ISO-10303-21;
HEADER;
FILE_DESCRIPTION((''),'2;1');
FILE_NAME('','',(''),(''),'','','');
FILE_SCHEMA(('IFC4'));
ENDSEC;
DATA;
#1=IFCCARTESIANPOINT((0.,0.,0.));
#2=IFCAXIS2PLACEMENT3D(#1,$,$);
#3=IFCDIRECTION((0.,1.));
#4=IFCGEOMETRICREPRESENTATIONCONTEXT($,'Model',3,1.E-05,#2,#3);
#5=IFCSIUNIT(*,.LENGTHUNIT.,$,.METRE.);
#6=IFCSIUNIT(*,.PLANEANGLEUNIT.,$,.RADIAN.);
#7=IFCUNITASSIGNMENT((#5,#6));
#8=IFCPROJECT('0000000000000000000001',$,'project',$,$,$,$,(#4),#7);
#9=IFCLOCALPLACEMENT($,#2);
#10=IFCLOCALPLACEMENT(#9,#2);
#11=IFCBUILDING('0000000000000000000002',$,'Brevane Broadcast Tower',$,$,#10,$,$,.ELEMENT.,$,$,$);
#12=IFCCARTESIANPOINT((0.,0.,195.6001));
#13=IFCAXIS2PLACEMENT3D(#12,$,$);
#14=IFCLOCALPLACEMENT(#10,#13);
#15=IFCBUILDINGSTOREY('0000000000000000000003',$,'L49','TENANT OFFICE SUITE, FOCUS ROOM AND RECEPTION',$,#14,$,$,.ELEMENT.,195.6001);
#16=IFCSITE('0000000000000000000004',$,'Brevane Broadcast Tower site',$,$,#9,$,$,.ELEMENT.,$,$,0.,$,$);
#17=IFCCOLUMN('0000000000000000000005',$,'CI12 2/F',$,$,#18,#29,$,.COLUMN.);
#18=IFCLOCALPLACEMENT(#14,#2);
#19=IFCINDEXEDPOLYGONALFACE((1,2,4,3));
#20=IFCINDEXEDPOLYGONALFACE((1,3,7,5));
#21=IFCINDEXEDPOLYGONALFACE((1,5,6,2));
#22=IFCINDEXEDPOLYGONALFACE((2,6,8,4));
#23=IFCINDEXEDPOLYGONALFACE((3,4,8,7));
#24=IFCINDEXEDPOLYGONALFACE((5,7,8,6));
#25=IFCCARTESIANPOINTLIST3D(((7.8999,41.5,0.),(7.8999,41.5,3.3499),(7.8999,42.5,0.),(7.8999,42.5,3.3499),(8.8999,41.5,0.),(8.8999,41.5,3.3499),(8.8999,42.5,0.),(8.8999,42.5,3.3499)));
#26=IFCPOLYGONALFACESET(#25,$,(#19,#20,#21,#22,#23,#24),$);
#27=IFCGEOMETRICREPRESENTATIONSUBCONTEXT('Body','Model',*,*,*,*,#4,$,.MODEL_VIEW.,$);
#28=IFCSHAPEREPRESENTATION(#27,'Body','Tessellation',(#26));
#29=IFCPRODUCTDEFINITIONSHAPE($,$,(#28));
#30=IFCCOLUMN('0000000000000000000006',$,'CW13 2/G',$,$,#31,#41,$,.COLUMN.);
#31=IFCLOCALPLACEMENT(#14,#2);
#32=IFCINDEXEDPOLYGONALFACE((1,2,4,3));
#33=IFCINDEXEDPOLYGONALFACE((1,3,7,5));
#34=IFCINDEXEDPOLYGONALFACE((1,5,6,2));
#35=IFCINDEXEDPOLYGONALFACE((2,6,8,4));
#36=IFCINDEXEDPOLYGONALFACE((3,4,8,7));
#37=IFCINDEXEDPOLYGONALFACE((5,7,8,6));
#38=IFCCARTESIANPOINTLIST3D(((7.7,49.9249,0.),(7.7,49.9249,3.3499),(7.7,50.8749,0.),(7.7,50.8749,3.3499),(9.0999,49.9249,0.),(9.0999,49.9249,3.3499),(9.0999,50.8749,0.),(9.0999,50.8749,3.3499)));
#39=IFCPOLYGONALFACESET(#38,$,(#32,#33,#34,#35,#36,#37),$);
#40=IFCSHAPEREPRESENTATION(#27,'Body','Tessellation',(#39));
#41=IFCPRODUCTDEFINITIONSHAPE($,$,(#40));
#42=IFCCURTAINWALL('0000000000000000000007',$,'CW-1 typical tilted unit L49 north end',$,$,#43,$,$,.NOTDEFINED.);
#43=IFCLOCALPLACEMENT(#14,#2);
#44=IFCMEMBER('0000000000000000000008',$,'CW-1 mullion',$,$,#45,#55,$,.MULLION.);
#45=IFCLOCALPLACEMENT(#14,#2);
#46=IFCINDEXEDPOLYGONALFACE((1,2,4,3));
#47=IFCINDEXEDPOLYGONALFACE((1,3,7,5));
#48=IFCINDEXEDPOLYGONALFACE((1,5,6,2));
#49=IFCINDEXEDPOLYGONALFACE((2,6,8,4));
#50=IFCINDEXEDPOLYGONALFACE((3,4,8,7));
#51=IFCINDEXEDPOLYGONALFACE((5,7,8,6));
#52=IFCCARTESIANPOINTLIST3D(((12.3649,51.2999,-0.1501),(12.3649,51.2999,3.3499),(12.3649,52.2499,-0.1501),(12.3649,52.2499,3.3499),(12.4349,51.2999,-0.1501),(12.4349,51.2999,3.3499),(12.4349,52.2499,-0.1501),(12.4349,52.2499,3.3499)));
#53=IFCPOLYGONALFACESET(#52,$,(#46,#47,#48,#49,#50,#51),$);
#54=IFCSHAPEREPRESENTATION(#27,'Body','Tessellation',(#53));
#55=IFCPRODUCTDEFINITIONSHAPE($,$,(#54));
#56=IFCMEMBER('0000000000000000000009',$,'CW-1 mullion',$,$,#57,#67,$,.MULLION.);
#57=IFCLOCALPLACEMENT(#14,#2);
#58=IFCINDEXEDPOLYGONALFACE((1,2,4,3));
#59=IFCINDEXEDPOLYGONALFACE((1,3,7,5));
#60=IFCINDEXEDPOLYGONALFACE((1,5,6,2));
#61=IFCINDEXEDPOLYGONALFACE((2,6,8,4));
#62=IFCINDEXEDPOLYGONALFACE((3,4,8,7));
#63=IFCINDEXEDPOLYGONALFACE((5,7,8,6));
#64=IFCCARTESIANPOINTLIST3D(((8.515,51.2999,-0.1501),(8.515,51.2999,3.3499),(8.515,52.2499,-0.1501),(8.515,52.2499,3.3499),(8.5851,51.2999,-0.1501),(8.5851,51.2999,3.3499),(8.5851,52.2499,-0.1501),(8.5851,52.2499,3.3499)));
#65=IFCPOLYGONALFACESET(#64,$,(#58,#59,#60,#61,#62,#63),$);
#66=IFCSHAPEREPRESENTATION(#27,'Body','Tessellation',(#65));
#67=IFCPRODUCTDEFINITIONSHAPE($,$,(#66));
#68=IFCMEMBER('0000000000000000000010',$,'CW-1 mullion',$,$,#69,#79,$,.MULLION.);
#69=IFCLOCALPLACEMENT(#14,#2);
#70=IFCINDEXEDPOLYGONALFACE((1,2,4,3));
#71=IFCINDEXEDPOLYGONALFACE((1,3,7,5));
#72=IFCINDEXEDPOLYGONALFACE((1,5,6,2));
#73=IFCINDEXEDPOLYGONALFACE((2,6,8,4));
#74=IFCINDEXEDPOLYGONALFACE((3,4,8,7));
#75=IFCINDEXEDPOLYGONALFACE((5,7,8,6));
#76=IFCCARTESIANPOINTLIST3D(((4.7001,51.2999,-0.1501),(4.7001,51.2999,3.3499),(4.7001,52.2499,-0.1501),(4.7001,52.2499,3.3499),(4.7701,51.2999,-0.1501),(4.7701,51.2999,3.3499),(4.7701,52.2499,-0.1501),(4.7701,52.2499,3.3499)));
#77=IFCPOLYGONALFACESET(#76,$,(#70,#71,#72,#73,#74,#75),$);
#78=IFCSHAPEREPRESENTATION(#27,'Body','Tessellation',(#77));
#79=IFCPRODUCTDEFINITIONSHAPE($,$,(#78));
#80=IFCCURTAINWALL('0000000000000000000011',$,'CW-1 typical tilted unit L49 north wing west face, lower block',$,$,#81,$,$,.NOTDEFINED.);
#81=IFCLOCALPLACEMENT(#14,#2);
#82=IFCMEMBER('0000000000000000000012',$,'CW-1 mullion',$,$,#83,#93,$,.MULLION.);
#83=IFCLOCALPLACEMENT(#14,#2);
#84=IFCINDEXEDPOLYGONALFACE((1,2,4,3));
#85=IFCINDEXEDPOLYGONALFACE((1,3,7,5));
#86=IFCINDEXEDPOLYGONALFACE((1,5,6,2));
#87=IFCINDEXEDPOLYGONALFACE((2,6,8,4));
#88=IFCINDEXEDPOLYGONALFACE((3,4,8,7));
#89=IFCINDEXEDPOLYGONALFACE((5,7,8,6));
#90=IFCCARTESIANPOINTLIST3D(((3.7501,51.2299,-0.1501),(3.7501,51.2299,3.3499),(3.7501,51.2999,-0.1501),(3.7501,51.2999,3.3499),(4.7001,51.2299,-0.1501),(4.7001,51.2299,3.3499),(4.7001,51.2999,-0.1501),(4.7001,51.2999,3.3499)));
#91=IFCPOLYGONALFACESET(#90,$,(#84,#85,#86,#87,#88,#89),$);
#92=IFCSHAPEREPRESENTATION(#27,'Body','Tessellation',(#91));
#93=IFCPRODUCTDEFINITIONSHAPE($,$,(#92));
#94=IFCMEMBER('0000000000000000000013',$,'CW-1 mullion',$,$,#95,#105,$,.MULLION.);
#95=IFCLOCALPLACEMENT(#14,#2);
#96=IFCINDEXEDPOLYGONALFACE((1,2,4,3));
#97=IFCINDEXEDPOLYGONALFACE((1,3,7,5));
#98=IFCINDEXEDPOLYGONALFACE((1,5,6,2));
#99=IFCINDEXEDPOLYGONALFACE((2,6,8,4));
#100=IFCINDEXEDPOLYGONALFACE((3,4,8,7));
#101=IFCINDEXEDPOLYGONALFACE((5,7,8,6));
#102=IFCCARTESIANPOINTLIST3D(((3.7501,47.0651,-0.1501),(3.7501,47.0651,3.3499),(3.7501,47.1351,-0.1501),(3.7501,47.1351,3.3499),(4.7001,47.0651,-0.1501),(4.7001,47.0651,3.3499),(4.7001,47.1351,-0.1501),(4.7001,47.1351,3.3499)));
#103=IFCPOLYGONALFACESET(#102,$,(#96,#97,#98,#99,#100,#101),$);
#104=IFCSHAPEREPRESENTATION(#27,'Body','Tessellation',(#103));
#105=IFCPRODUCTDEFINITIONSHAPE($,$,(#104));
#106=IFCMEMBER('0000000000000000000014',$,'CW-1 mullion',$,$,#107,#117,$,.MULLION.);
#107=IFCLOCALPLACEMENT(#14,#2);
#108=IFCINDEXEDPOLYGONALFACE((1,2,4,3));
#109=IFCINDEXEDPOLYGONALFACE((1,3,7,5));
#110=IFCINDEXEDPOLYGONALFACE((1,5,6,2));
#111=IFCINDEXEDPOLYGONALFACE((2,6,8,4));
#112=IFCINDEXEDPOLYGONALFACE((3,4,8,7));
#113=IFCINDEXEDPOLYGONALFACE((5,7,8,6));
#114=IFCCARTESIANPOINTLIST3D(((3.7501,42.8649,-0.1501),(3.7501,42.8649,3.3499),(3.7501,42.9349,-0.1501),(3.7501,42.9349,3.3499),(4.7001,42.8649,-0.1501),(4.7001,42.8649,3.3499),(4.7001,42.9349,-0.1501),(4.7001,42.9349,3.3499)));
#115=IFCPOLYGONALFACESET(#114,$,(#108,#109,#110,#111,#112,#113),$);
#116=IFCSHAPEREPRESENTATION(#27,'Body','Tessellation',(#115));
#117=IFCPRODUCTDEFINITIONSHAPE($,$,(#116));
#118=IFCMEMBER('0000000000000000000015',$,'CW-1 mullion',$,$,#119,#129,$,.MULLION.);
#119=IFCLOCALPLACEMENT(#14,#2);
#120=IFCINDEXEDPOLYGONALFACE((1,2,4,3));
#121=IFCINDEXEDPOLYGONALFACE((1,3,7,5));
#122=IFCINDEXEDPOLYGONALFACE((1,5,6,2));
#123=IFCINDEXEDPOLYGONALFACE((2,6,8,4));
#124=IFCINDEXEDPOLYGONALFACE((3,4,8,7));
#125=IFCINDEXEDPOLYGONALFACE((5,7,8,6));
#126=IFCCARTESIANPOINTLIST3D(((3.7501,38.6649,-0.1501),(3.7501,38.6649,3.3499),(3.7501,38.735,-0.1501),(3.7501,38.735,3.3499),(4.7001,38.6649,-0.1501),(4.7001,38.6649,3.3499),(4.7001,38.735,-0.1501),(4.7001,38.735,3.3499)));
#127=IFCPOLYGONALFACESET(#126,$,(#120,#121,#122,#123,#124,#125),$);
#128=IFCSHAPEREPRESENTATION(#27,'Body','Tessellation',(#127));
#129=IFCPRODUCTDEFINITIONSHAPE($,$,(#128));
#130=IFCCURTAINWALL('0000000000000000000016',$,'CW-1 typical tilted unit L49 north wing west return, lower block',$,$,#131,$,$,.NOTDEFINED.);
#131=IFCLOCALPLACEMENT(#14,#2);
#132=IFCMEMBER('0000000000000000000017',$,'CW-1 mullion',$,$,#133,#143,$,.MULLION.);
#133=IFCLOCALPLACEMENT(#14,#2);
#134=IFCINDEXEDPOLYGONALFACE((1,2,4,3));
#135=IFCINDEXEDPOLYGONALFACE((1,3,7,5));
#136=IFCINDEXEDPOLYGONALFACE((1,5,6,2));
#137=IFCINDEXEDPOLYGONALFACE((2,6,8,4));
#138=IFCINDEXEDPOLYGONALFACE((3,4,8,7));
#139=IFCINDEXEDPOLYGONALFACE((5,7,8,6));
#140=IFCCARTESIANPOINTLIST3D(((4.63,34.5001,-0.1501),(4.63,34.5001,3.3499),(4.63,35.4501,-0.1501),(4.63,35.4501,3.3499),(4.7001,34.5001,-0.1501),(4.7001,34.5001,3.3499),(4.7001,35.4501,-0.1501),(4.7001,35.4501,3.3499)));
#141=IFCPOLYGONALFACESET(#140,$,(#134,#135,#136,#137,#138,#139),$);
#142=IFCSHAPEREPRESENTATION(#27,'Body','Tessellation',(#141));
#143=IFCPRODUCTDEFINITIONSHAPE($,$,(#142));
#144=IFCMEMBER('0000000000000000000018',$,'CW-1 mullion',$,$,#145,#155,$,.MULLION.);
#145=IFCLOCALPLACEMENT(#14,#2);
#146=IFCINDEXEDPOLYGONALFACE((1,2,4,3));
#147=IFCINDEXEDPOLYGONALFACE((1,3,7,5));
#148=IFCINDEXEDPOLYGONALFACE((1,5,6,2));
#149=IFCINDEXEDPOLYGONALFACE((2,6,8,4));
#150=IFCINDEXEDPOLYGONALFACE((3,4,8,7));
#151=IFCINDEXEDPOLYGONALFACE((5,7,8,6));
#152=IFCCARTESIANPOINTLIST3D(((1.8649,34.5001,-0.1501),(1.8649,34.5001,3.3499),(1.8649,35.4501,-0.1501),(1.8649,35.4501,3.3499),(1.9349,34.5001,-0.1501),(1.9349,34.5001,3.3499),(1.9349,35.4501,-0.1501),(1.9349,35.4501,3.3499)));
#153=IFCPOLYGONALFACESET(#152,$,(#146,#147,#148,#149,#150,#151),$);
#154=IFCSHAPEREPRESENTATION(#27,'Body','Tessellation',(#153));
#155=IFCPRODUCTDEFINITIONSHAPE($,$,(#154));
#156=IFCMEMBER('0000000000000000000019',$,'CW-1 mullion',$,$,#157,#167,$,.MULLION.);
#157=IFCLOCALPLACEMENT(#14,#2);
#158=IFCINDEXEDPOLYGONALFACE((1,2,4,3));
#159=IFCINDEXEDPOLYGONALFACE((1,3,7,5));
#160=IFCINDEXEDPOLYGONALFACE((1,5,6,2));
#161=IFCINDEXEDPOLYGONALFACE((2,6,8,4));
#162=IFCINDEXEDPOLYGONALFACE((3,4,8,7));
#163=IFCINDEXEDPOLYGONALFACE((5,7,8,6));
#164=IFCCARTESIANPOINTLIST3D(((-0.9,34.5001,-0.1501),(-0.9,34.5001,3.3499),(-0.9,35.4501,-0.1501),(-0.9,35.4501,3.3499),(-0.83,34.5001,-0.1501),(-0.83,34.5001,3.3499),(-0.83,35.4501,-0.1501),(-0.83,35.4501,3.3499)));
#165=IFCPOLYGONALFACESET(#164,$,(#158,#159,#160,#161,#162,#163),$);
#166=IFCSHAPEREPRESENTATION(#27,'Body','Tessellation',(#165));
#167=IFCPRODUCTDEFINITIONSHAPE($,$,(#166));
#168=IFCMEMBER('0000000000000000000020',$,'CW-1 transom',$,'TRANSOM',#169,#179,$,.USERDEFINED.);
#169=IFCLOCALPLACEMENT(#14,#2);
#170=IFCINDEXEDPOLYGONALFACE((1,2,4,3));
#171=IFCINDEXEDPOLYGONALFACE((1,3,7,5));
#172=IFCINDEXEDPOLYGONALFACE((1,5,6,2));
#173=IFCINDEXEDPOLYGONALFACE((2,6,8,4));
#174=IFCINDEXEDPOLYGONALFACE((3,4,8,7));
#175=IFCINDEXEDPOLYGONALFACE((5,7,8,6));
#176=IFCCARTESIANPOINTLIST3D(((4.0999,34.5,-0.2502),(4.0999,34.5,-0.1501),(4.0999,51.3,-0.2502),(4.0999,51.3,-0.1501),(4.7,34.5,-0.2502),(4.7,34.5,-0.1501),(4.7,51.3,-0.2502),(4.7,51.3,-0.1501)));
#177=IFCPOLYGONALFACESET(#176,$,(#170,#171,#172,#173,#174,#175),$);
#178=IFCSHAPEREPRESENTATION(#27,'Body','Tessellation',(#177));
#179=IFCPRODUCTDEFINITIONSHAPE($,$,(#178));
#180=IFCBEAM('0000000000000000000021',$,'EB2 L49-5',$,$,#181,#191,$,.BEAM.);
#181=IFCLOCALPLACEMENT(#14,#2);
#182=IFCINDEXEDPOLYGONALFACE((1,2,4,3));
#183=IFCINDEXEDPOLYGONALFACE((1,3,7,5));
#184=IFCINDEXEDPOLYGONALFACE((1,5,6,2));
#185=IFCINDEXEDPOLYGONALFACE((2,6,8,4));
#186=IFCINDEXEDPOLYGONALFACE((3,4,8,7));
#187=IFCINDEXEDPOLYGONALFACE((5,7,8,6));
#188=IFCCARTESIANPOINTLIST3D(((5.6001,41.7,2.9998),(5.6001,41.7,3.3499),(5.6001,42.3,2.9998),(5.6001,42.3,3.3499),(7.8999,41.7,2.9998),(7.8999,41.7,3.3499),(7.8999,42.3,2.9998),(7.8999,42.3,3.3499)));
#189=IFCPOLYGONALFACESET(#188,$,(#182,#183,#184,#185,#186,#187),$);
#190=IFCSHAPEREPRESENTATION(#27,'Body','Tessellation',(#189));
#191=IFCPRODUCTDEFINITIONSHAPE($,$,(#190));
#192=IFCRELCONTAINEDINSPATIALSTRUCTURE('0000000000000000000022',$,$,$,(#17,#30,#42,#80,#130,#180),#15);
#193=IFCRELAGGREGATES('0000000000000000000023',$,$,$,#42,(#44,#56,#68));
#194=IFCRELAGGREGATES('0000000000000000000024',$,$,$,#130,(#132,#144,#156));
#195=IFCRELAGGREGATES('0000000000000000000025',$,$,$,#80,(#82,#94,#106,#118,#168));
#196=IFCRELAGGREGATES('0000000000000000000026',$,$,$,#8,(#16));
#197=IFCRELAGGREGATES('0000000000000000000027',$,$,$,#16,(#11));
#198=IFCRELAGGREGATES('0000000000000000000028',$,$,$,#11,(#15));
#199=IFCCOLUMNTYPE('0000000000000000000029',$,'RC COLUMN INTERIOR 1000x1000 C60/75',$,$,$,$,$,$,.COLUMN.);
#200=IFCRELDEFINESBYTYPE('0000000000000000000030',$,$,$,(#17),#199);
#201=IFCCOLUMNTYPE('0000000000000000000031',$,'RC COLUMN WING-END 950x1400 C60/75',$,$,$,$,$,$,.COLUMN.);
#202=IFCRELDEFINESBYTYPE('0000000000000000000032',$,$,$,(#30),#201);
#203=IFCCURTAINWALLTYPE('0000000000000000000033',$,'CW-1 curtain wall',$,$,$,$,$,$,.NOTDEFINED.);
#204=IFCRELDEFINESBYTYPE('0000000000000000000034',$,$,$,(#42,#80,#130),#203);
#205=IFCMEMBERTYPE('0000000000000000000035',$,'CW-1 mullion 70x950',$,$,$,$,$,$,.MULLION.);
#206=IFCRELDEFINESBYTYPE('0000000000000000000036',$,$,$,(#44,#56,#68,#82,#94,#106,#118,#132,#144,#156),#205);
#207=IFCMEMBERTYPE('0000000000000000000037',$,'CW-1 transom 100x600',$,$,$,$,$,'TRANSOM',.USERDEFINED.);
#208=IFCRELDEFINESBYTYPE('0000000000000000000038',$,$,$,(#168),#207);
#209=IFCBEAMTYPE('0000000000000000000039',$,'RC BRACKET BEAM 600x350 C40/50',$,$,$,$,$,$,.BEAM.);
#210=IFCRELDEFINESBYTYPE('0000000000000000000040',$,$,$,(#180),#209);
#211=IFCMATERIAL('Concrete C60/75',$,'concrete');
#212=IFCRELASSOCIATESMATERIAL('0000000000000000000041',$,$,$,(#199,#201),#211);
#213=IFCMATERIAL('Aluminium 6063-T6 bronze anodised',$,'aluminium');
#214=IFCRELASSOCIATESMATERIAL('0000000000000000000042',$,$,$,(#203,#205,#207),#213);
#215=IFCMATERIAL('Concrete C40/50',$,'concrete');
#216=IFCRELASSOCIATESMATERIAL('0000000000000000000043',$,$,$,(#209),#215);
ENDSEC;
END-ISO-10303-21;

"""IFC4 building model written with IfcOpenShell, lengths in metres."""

from ifc_helpers import new_model, si_unit, direction, frame, origin, origin_2d, place, context, subcontext, project, spatial, rectangle, extrude, material, material_profile, profile_set, type_object, element, aggregate, save


model = new_model("IFC4")

# Units and contexts
model_context = context("Model", 3, precision=1e-05, world=origin(), true_north=direction((0.0, 1.0)))
body_context = subcontext(model_context, "Body", "Model", "MODEL_VIEW")
ifc_project = project(units=[si_unit("LENGTHUNIT", "METRE"), si_unit("PLANEANGLEUNIT", "RADIAN")], contexts=[model_context])

# Site, building, storey
site_placement = place(None, origin())
site = spatial("IfcSite", under=ifc_project, at=site_placement, Name="Brevane Broadcast Tower site", CompositionType="ELEMENT", RefElevation=0.0)
building_placement = place(site_placement, origin())
building = spatial("IfcBuilding", under=site, at=building_placement, Name="Brevane Broadcast Tower", CompositionType="ELEMENT")
storey_placement = place(building_placement, frame((0.0, 0.0, 195.6001)))
storey = spatial("IfcBuildingStorey", under=building, at=storey_placement, Name="L49", Description="TENANT OFFICE SUITE, FOCUS ROOM AND RECEPTION", CompositionType="ELEMENT", Elevation=195.6001)

# Columns
ifc_material_1 = material(Name="Concrete C60/75", Category="concrete")
ifc_material_profile_1 = material_profile(ifc_material_1, rectangle(XDim=1.0, YDim=1.0, at=origin_2d()), Name="RC 1000x1000")
ifc_profile_set_1 = profile_set([ifc_material_profile_1], Name="Concrete C60/75")
column_type_1 = type_object("IfcColumnType", Name="RC COLUMN INTERIOR 1000x1000 C60/75", PredefinedType="COLUMN", material=ifc_profile_set_1)
column_1_placement = place(storey_placement, frame((8.3999, 42.0, 0.0), z_axis=(0.0, 0.0, 1.0), x_axis=(1.0, 0.0, 0.0)))
element("IfcColumn", 1, at=column_1_placement, inside=storey, type_object=column_type_1, Name="CI12 2/F", PredefinedType="COLUMN", context=body_context, shape_type="SweptSolid", body=[
    extrude(rectangle(XDim=1.0, YDim=1.0, at=origin_2d()), origin(), (0.0, 0.0, 1.0), 3.3499),
])
ifc_material_profile_2 = material_profile(ifc_material_1, rectangle(XDim=0.95, YDim=1.3999, at=origin_2d()), Name="RC 950x1400")
ifc_profile_set_2 = profile_set([ifc_material_profile_2], Name="Concrete C60/75")
column_type_2 = type_object("IfcColumnType", Name="RC COLUMN WING-END 950x1400 C60/75", PredefinedType="COLUMN", material=ifc_profile_set_2)
column_2_placement = place(storey_placement, frame((8.3999, 50.3999, 0.0), z_axis=(0.0, 0.0, 1.0), x_axis=(0.0, 1.0, 0.0)))
element("IfcColumn", 2, at=column_2_placement, inside=storey, type_object=column_type_2, Name="CW13 2/G", PredefinedType="COLUMN", context=body_context, shape_type="SweptSolid", body=[
    extrude(rectangle(XDim=0.95, YDim=1.3999, at=origin_2d()), origin(), (0.0, 0.0, 1.0), 3.3499),
])

# Curtain walls, members
ifc_material_2 = material(Name="Aluminium 6063-T6 bronze anodised", Category="aluminium")
curtain_wall_type = type_object("IfcCurtainWallType", Name="CW-1 curtain wall", PredefinedType="NOTDEFINED", material=ifc_material_2)
curtain_wall_1_placement = place(storey_placement, origin())
curtain_wall_1 = element("IfcCurtainWall", 3, at=curtain_wall_1_placement, inside=storey, type_object=curtain_wall_type, Name="CW-1 typical tilted unit L49 north end", PredefinedType="NOTDEFINED")
ifc_material_profile_3 = material_profile(ifc_material_2, rectangle(XDim=0.95, YDim=0.0701, at=origin_2d()), Name="RECT 70x950")
ifc_profile_set_3 = profile_set([ifc_material_profile_3], Name="Aluminium 6063-T6 bronze anodised")
member_type_1 = type_object("IfcMemberType", Name="CW-1 mullion 70x950", PredefinedType="MULLION", material=ifc_profile_set_3)
member_1_placement = place(storey_placement, frame((12.3999, 51.7749, -0.1501), z_axis=(0.0, 0.0, 1.0), x_axis=(0.0, -1.0, 0.0)))
member_1 = element("IfcMember", 4, at=member_1_placement, type_object=member_type_1, Name="CW-1 mullion", PredefinedType="MULLION", context=body_context, shape_type="SweptSolid", body=[
    extrude(rectangle(XDim=0.95, YDim=0.0701, at=origin_2d()), origin(), (0.0, 0.0, 1.0), 3.5),
])
member_2_placement = place(storey_placement, frame((8.55, 51.7749, -0.1501), z_axis=(0.0, 0.0, 1.0), x_axis=(0.0, -1.0, 0.0)))
member_2 = element("IfcMember", 5, at=member_2_placement, type_object=member_type_1, Name="CW-1 mullion", PredefinedType="MULLION", context=body_context, shape_type="SweptSolid", body=[
    extrude(rectangle(XDim=0.95, YDim=0.0701, at=origin_2d()), origin(), (0.0, 0.0, 1.0), 3.5),
])
member_3_placement = place(storey_placement, frame((4.7351, 51.7749, -0.1501), z_axis=(0.0, 0.0, 1.0), x_axis=(0.0, -1.0, 0.0)))
member_3 = element("IfcMember", 6, at=member_3_placement, type_object=member_type_1, Name="CW-1 mullion", PredefinedType="MULLION", context=body_context, shape_type="SweptSolid", body=[
    extrude(rectangle(XDim=0.95, YDim=0.0701, at=origin_2d()), origin(), (0.0, 0.0, 1.0), 3.5),
])
aggregate(curtain_wall_1, [member_1, member_2, member_3])
curtain_wall_2_placement = place(storey_placement, origin())
curtain_wall_2 = element("IfcCurtainWall", 7, at=curtain_wall_2_placement, inside=storey, type_object=curtain_wall_type, Name="CW-1 typical tilted unit L49 north wing west face, lower block", PredefinedType="NOTDEFINED")
member_4_placement = place(storey_placement, frame((4.2251, 51.2649, -0.1501), z_axis=(0.0, 0.0, 1.0), x_axis=(1.0, 0.0, 0.0)))
member_4 = element("IfcMember", 8, at=member_4_placement, type_object=member_type_1, Name="CW-1 mullion", PredefinedType="MULLION", context=body_context, shape_type="SweptSolid", body=[
    extrude(rectangle(XDim=0.95, YDim=0.0701, at=origin_2d()), origin(), (0.0, 0.0, 1.0), 3.5),
])
member_5_placement = place(storey_placement, frame((4.2251, 47.1001, -0.1501), z_axis=(0.0, 0.0, 1.0), x_axis=(1.0, 0.0, 0.0)))
member_5 = element("IfcMember", 9, at=member_5_placement, type_object=member_type_1, Name="CW-1 mullion", PredefinedType="MULLION", context=body_context, shape_type="SweptSolid", body=[
    extrude(rectangle(XDim=0.95, YDim=0.0701, at=origin_2d()), origin(), (0.0, 0.0, 1.0), 3.5),
])
member_6_placement = place(storey_placement, frame((4.2251, 42.8999, -0.1501), z_axis=(0.0, 0.0, 1.0), x_axis=(1.0, 0.0, 0.0)))
member_6 = element("IfcMember", 10, at=member_6_placement, type_object=member_type_1, Name="CW-1 mullion", PredefinedType="MULLION", context=body_context, shape_type="SweptSolid", body=[
    extrude(rectangle(XDim=0.95, YDim=0.0701, at=origin_2d()), origin(), (0.0, 0.0, 1.0), 3.5),
])
member_7_placement = place(storey_placement, frame((4.2251, 38.7, -0.1501), z_axis=(0.0, 0.0, 1.0), x_axis=(1.0, 0.0, 0.0)))
member_7 = element("IfcMember", 11, at=member_7_placement, type_object=member_type_1, Name="CW-1 mullion", PredefinedType="MULLION", context=body_context, shape_type="SweptSolid", body=[
    extrude(rectangle(XDim=0.95, YDim=0.0701, at=origin_2d()), origin(), (0.0, 0.0, 1.0), 3.5),
])
curtain_wall_3_placement = place(storey_placement, origin())
curtain_wall_3 = element("IfcCurtainWall", 12, at=curtain_wall_3_placement, inside=storey, type_object=curtain_wall_type, Name="CW-1 typical tilted unit L49 north wing west return, lower block", PredefinedType="NOTDEFINED")
member_8_placement = place(storey_placement, frame((4.665, 34.9751, -0.1501), z_axis=(0.0, 0.0, 1.0), x_axis=(0.0, -1.0, 0.0)))
member_8 = element("IfcMember", 13, at=member_8_placement, type_object=member_type_1, Name="CW-1 mullion", PredefinedType="MULLION", context=body_context, shape_type="SweptSolid", body=[
    extrude(rectangle(XDim=0.95, YDim=0.0701, at=origin_2d()), origin(), (0.0, 0.0, 1.0), 3.5),
])
member_9_placement = place(storey_placement, frame((1.8999, 34.9751, -0.1501), z_axis=(0.0, 0.0, 1.0), x_axis=(0.0, -1.0, 0.0)))
member_9 = element("IfcMember", 14, at=member_9_placement, type_object=member_type_1, Name="CW-1 mullion", PredefinedType="MULLION", context=body_context, shape_type="SweptSolid", body=[
    extrude(rectangle(XDim=0.95, YDim=0.0701, at=origin_2d()), origin(), (0.0, 0.0, 1.0), 3.5),
])
member_10_placement = place(storey_placement, frame((-0.865, 34.9751, -0.1501), z_axis=(0.0, 0.0, 1.0), x_axis=(0.0, -1.0, 0.0)))
member_10 = element("IfcMember", 15, at=member_10_placement, type_object=member_type_1, Name="CW-1 mullion", PredefinedType="MULLION", context=body_context, shape_type="SweptSolid", body=[
    extrude(rectangle(XDim=0.95, YDim=0.0701, at=origin_2d()), origin(), (0.0, 0.0, 1.0), 3.5),
])
aggregate(curtain_wall_3, [member_8, member_9, member_10])

# Member
ifc_material_profile_4 = material_profile(ifc_material_2, rectangle(XDim=0.6001, YDim=0.1001, at=origin_2d()), Name="RECT 100x600")
ifc_profile_set_4 = profile_set([ifc_material_profile_4], Name="Aluminium 6063-T6 bronze anodised")
member_type_2 = type_object("IfcMemberType", Name="CW-1 transom 100x600", ElementType="TRANSOM", PredefinedType="USERDEFINED", material=ifc_profile_set_4)
member_11_placement = place(storey_placement, frame((4.3999, 51.3, -0.2002), z_axis=(0.0, -1.0, 0.0), x_axis=(1.0, 0.0, 0.0)))
member_11 = element("IfcMember", 16, at=member_11_placement, type_object=member_type_2, Name="CW-1 transom", ObjectType="TRANSOM", PredefinedType="USERDEFINED", context=body_context, shape_type="SweptSolid", body=[
    extrude(rectangle(XDim=0.6001, YDim=0.1001, at=origin_2d()), origin(), (0.0, 0.0, 1.0), 16.8),
])
aggregate(curtain_wall_2, [member_4, member_5, member_6, member_7, member_11])

# Beam
ifc_material_3 = material(Name="Concrete C40/50", Category="concrete")
ifc_material_profile_5 = material_profile(ifc_material_3, rectangle(XDim=0.6001, YDim=0.3501, at=origin_2d()), Name="RC 600x350")
ifc_profile_set_5 = profile_set([ifc_material_profile_5], Name="Concrete C40/50")
beam_type_1 = type_object("IfcBeamType", Name="RC BRACKET BEAM 600x350 C40/50", PredefinedType="BEAM", material=ifc_profile_set_5)
beam_1_placement = place(storey_placement, frame((7.8999, 42.0, 3.1748), z_axis=(-1.0, 0.0, 0.0), x_axis=(0.0, -1.0, 0.0)))
element("IfcBeam", 17, at=beam_1_placement, inside=storey, type_object=beam_type_1, Name="EB2 L49-5", PredefinedType="BEAM", context=body_context, shape_type="SweptSolid", body=[
    extrude(rectangle(XDim=0.6001, YDim=0.3501, at=origin_2d()), origin(), (0.0, 0.0, 1.0), 2.2998),
])

save(model, "model.ifc")
